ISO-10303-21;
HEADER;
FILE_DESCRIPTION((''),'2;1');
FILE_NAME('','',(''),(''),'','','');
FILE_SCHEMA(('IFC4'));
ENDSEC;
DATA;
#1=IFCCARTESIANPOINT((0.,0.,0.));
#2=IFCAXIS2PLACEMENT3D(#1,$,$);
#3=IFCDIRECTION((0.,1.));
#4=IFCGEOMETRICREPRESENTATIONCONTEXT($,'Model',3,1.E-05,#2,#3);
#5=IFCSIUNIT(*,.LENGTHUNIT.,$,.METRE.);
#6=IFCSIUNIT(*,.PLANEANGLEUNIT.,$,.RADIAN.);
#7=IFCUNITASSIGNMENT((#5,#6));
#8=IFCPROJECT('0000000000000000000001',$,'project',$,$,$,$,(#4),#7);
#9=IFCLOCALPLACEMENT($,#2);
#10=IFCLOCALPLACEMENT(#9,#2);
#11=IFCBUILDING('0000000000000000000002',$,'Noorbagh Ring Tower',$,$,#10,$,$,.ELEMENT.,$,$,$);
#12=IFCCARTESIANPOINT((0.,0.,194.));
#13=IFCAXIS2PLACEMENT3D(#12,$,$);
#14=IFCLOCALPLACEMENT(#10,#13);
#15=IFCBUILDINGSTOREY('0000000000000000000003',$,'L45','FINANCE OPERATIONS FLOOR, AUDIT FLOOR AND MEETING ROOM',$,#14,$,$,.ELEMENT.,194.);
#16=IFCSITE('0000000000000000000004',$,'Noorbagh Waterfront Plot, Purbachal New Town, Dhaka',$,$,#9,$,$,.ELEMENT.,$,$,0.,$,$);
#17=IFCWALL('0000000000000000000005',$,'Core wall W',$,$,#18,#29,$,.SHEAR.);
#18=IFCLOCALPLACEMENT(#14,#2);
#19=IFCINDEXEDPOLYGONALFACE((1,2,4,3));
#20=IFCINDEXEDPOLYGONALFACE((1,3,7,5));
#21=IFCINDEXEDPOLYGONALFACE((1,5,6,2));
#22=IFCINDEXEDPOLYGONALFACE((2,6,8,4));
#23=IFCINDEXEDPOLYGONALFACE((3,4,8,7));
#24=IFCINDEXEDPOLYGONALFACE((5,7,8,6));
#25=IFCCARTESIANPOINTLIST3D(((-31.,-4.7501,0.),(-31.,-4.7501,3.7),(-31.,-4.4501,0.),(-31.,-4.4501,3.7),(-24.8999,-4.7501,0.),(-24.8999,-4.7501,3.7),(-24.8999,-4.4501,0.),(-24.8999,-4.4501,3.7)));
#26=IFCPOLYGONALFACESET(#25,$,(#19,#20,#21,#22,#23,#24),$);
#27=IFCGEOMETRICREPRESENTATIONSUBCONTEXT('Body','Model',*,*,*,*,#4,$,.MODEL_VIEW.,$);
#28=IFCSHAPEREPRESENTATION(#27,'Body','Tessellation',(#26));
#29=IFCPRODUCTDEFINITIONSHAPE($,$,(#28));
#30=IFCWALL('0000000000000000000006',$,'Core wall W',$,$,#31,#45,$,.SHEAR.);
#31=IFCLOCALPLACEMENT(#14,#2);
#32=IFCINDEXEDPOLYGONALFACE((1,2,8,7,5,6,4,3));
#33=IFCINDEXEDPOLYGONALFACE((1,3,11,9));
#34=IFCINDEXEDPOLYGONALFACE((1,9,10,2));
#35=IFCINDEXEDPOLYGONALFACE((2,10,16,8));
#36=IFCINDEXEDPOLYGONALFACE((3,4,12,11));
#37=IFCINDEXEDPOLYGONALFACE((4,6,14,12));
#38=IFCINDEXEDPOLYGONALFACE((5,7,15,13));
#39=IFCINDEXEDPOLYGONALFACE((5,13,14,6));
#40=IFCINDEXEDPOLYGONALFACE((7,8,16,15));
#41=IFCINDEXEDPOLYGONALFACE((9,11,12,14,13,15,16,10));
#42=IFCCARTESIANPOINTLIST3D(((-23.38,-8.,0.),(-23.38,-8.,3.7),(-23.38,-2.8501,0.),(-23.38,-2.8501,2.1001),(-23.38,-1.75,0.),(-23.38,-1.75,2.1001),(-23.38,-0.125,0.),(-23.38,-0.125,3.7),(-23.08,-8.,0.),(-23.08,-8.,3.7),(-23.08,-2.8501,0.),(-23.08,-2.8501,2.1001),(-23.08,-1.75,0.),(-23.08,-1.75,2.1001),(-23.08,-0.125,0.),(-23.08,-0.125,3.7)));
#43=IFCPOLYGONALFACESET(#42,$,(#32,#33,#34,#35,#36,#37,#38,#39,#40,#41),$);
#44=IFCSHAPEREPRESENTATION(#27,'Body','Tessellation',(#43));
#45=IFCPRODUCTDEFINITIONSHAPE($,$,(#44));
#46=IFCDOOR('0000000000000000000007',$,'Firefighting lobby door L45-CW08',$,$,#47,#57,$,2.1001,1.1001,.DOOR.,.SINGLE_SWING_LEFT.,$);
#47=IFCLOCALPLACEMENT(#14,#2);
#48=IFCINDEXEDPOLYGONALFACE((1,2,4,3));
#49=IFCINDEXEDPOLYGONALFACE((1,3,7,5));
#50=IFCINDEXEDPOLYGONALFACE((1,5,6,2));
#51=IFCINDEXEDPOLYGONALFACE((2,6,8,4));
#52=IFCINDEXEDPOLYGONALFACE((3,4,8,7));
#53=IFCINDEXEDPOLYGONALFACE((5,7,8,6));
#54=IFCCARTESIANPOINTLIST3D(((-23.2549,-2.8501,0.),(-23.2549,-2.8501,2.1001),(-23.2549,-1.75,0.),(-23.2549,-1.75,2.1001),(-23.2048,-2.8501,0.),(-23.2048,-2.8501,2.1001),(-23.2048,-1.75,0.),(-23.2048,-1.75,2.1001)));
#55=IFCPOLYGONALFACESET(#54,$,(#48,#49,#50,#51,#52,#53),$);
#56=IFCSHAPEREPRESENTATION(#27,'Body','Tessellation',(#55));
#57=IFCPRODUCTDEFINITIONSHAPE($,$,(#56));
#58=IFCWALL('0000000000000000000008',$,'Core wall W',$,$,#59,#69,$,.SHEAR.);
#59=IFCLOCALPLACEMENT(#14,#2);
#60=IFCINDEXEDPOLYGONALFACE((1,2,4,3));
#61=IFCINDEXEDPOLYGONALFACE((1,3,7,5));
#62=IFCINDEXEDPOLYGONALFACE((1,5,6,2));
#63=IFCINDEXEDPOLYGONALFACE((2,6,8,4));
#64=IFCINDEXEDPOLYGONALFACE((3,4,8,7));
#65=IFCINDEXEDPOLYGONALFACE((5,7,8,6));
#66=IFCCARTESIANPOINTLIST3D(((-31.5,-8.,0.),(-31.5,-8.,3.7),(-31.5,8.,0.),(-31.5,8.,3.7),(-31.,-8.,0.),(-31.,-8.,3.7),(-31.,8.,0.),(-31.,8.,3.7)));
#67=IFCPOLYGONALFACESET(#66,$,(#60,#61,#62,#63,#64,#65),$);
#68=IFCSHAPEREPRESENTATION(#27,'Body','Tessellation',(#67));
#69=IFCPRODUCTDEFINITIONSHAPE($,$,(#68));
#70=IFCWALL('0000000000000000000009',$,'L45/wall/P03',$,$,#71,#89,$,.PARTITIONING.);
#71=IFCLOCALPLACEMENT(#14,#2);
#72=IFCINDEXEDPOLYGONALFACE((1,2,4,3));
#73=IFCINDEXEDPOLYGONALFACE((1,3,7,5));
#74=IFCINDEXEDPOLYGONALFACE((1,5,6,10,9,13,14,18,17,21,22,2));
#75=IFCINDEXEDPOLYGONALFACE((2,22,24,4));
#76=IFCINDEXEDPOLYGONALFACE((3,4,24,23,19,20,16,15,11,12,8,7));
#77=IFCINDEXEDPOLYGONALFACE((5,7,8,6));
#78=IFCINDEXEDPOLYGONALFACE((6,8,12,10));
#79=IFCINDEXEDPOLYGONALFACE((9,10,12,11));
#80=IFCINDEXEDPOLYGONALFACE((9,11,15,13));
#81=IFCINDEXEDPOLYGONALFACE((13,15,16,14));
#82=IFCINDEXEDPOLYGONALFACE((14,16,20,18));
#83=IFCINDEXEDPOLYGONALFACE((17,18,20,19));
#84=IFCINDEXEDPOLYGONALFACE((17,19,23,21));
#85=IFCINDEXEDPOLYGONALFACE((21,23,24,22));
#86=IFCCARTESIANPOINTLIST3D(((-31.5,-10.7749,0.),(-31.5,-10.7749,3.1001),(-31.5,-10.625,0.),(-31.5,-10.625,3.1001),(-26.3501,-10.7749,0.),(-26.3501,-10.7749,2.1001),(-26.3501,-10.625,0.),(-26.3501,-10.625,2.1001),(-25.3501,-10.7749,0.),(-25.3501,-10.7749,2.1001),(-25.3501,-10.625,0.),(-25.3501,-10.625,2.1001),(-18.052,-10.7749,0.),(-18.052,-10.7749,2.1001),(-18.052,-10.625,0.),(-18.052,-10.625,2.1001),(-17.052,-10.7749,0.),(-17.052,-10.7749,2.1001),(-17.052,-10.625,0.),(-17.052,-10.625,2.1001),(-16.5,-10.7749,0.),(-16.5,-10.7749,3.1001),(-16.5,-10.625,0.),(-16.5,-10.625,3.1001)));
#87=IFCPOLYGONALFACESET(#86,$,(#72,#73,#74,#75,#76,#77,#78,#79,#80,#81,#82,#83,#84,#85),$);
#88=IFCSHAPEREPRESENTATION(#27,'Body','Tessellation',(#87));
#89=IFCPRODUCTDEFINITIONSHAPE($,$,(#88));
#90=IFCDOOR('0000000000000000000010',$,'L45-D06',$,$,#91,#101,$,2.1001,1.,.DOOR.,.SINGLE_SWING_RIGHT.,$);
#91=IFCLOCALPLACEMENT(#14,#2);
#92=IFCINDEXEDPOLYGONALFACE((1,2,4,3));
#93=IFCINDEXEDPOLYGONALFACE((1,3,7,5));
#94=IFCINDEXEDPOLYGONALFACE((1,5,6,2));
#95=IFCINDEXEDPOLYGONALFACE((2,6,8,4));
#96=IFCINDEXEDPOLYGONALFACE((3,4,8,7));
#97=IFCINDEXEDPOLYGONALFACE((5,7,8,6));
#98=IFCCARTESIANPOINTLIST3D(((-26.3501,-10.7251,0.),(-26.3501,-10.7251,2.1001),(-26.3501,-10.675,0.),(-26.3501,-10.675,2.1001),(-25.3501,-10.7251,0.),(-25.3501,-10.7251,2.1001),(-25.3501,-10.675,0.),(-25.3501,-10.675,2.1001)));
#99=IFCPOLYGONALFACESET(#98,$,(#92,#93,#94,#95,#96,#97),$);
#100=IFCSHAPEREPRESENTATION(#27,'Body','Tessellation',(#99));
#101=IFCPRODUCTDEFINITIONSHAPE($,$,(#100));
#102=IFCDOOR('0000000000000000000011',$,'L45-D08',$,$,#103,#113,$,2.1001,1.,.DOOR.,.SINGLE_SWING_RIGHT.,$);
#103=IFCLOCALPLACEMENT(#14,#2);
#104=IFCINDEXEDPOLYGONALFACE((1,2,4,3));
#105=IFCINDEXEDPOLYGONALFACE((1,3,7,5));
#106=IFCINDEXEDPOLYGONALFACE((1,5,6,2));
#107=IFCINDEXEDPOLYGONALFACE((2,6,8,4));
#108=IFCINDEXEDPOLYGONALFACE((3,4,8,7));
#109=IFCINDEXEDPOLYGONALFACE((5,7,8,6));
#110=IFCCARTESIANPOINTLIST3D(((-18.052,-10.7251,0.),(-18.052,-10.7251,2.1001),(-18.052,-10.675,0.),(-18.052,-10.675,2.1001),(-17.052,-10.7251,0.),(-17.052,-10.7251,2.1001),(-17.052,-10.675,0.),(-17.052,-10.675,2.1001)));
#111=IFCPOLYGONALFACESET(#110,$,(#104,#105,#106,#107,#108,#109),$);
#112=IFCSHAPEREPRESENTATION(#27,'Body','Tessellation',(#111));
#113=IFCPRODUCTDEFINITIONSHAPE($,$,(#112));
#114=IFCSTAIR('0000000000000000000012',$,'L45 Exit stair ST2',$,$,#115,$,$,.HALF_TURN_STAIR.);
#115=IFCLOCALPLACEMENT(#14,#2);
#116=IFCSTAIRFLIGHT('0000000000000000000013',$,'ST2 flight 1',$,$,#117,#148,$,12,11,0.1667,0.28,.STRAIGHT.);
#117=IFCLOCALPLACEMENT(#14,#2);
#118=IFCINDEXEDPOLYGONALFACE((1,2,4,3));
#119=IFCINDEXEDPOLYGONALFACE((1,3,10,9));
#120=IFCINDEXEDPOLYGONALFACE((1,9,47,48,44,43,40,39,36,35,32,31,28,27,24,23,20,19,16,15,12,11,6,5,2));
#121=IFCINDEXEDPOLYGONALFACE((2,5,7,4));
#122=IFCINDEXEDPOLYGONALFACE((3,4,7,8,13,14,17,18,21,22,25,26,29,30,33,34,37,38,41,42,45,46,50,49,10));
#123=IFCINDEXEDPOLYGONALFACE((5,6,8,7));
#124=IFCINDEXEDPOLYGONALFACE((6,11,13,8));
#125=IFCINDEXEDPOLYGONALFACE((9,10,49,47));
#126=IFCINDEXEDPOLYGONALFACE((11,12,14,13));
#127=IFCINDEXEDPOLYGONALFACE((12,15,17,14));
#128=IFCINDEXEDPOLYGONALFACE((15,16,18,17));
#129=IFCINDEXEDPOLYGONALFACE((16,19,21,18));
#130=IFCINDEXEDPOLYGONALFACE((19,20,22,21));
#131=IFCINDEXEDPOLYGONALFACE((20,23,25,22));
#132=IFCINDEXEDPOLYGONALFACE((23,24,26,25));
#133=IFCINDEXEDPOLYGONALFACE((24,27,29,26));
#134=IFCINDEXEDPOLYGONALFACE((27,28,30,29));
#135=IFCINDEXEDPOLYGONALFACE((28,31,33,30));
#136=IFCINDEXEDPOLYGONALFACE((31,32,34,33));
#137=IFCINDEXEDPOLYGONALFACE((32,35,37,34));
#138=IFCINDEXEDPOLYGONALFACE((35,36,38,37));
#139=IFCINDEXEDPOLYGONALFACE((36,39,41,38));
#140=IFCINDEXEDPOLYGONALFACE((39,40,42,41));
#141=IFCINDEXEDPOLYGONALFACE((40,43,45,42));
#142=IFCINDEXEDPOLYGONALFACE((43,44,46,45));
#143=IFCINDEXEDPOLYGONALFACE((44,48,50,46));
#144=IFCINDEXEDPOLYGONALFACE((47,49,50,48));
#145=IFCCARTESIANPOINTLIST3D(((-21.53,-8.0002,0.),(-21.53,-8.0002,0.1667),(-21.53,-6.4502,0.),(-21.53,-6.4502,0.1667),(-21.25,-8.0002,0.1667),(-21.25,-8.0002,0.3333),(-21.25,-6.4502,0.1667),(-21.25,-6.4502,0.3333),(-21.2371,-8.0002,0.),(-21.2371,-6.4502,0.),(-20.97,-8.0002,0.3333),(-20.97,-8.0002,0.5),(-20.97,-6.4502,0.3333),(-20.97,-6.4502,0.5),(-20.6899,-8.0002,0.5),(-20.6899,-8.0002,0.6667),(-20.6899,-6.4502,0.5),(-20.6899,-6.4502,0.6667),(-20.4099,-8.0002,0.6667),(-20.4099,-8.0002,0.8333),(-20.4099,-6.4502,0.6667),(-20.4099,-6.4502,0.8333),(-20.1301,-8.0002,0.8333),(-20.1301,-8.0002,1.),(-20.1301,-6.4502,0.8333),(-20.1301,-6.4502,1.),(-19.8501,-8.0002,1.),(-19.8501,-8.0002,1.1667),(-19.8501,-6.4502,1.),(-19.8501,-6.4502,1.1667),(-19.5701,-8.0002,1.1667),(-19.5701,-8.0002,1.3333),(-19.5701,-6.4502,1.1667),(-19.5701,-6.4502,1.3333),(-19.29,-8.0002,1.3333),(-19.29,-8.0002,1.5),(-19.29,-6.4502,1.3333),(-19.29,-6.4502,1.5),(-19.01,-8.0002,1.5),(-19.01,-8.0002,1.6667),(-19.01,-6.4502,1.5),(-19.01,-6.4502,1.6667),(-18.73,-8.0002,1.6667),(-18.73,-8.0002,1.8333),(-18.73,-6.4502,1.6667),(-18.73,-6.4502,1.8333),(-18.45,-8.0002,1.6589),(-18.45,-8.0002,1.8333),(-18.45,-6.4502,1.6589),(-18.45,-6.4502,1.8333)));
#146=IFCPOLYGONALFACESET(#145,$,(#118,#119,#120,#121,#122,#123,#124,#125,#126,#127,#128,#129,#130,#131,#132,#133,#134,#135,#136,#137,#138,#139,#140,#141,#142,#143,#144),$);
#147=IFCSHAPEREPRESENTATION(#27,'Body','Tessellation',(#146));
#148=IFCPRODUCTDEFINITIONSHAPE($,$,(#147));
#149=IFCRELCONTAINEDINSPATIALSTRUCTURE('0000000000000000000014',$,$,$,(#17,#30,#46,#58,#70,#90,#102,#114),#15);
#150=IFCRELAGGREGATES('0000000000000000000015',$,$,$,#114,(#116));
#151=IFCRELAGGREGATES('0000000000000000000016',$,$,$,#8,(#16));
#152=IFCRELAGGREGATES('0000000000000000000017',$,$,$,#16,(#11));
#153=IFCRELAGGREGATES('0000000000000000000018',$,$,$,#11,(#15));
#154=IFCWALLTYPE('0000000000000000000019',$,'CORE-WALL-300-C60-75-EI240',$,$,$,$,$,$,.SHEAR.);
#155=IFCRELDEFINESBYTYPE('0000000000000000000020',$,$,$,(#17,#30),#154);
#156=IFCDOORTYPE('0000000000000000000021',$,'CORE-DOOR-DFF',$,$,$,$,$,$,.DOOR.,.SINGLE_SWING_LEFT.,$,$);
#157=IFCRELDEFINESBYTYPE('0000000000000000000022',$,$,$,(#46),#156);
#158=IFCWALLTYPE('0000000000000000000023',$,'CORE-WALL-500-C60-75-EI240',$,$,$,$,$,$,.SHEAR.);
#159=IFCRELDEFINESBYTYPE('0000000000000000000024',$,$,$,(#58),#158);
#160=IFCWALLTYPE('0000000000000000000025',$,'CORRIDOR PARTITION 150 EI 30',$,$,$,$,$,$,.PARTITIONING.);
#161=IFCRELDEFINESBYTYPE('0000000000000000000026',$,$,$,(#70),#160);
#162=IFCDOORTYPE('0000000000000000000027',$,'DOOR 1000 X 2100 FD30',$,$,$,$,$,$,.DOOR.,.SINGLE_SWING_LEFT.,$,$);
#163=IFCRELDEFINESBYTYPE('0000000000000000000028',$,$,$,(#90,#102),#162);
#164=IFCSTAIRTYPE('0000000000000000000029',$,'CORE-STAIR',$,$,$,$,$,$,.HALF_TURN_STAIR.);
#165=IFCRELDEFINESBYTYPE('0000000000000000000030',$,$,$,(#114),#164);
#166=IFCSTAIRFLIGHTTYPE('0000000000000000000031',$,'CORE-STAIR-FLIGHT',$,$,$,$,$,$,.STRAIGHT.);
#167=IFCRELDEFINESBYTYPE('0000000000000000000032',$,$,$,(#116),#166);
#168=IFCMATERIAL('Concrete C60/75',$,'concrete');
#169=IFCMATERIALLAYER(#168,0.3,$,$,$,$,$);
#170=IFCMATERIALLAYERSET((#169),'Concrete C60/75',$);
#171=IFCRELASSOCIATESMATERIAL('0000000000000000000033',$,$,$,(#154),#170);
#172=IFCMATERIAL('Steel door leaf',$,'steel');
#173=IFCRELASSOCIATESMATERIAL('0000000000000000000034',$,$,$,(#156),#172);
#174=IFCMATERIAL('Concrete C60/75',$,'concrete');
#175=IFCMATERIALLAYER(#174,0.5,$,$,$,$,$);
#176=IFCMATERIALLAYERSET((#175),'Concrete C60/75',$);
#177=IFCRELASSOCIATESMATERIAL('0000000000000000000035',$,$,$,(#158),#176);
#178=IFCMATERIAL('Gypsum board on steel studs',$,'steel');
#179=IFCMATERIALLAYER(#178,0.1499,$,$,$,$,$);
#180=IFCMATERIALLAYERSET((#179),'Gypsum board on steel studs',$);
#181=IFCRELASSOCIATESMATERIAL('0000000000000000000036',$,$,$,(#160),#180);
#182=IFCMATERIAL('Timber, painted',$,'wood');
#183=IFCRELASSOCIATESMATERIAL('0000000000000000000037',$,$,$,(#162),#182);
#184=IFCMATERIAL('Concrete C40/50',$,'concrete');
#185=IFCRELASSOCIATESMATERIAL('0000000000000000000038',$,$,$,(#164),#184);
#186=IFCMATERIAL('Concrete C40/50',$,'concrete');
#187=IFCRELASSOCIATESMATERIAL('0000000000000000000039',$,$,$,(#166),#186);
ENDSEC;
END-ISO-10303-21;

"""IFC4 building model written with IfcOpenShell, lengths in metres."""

from ifc_helpers import new_model, si_unit, direction, frame, frame_2d, origin, place, context, subcontext, project, spatial, polyline, rectangle, outline, extrude, material, layer, layer_set, type_object, element, fill, aggregate, save


model = new_model("IFC4")

# Units and contexts
model_context = context("Model", 3, precision=1e-05, world=origin(), true_north=direction((0.0, 1.0)))
body_context = subcontext(model_context, "Body", "Model", "MODEL_VIEW")
ifc_project = project(units=[si_unit("LENGTHUNIT", "METRE"), si_unit("PLANEANGLEUNIT", "RADIAN")], contexts=[model_context])

# Site, building, storey
site_placement = place(None, origin())
site = spatial("IfcSite", under=ifc_project, at=site_placement, Name="Noorbagh Waterfront Plot, Purbachal New Town, Dhaka", CompositionType="ELEMENT", RefElevation=0.0)
building_placement = place(site_placement, origin())
building = spatial("IfcBuilding", under=site, at=building_placement, Name="Noorbagh Ring Tower", CompositionType="ELEMENT")
storey_placement = place(building_placement, frame((0.0, 0.0, 194.0)))
storey = spatial("IfcBuildingStorey", under=building, at=storey_placement, Name="L45", Description="FINANCE OPERATIONS FLOOR, AUDIT FLOOR AND MEETING ROOM", CompositionType="ELEMENT", Elevation=194.0)

# Wall
ifc_material_1 = material(Name="Concrete C60/75", Category="concrete")
ifc_layer_1 = layer(ifc_material_1, 0.3)
ifc_layer_set_1 = layer_set([ifc_layer_1], Name="Concrete C60/75")
wall_type_1 = type_object("IfcWallType", Name="CORE-WALL-300-C60-75-EI240", PredefinedType="SHEAR", material=ifc_layer_set_1)
wall_1_placement = place(storey_placement, frame((-24.8999, -4.6001, 0.0), z_axis=(0.0, 0.0, 1.0), x_axis=(-1.0, 0.0, 0.0)))
element("IfcWall", 1, at=wall_1_placement, inside=storey, type_object=wall_type_1, Name="Core wall W", PredefinedType="SHEAR", context=body_context, shape_type="SweptSolid", body=[
    extrude(rectangle(XDim=6.1001, YDim=0.3, at=frame_2d((3.05, 0.0))), origin(), (0.0, 0.0, 1.0), 3.7),
])

# Wall, opening, door
wall_2_placement = place(storey_placement, frame((-23.23, -8.0, 0.0), z_axis=(0.0, 0.0, 1.0), x_axis=(0.0, 1.0, 0.0)))
wall_2 = element("IfcWall", 2, at=wall_2_placement, inside=storey, type_object=wall_type_1, Name="Core wall W", PredefinedType="SHEAR", context=body_context, shape_type="SweptSolid", body=[
    extrude(rectangle(XDim=7.875, YDim=0.3, at=frame_2d((3.9375, 0.0))), origin(), (0.0, 0.0, 1.0), 3.7),
])
opening_1_placement = place(wall_2_placement, frame((5.1499, 0.0, 0.0)))
opening_1 = element("IfcOpeningElement", 3, at=opening_1_placement, cuts=wall_2, PredefinedType="OPENING", context=body_context, shape_type="SweptSolid", body=[
    extrude(rectangle(XDim=1.1001, YDim=2.1001, at=frame_2d((0.55, 1.05))), frame((0.0, 0.1602, 0.0), z_axis=(0.0, -1.0, 0.0), x_axis=(1.0, 0.0, 0.0)), (0.0, 0.0, 1.0), 0.3201),
])
ifc_material_2 = material(Name="Steel door leaf", Category="steel")
door_type_1 = type_object("IfcDoorType", Name="CORE-DOOR-DFF", OperationType="SINGLE_SWING_LEFT", PredefinedType="DOOR", material=ifc_material_2)
door_1_placement = place(opening_1_placement, origin())
door_1 = element("IfcDoor", 4, at=door_1_placement, inside=storey, type_object=door_type_1, Name="Firefighting lobby door L45-CW08", OperationType="SINGLE_SWING_LEFT", OverallHeight=2.1001, OverallWidth=1.1001, PredefinedType="DOOR", context=body_context, shape_type="SweptSolid", body=[
    extrude(rectangle(XDim=1.1001, YDim=2.1001, at=frame_2d((0.55, 1.05))), frame((0.0, 0.0249, 0.0), z_axis=(0.0, -1.0, 0.0), x_axis=(1.0, 0.0, 0.0)), (0.0, 0.0, 1.0), 0.05),
])
fill(opening_1, door_1)

# Wall
ifc_material_3 = material(Name="Concrete C60/75", Category="concrete")
ifc_layer_2 = layer(ifc_material_3, 0.5)
ifc_layer_set_2 = layer_set([ifc_layer_2], Name="Concrete C60/75")
wall_type_2 = type_object("IfcWallType", Name="CORE-WALL-500-C60-75-EI240", PredefinedType="SHEAR", material=ifc_layer_set_2)
wall_3_placement = place(storey_placement, frame((-31.25, -8.0, 0.0), z_axis=(0.0, 0.0, 1.0), x_axis=(0.0, 1.0, 0.0)))
element("IfcWall", 5, at=wall_3_placement, inside=storey, type_object=wall_type_2, Name="Core wall W", PredefinedType="SHEAR", context=body_context, shape_type="SweptSolid", body=[
    extrude(rectangle(XDim=16.0, YDim=0.5, at=frame_2d((8.0, 0.0))), origin(), (0.0, 0.0, 1.0), 3.7),
])

# Wall, openings, doors
ifc_material_4 = material(Name="Gypsum board on steel studs", Category="steel")
ifc_layer_3 = layer(ifc_material_4, 0.1499)
ifc_layer_set_3 = layer_set([ifc_layer_3], Name="Gypsum board on steel studs")
wall_type_3 = type_object("IfcWallType", Name="CORRIDOR PARTITION 150 EI 30", PredefinedType="PARTITIONING", material=ifc_layer_set_3)
wall_4_placement = place(storey_placement, frame((-31.5, -10.7, 0.0), z_axis=(0.0, 0.0, 1.0), x_axis=(1.0, 0.0, 0.0)))
wall_4 = element("IfcWall", 6, at=wall_4_placement, inside=storey, type_object=wall_type_3, Name="L45/wall/P03", PredefinedType="PARTITIONING", context=body_context, shape_type="SweptSolid", body=[
    extrude(rectangle(XDim=15.0, YDim=0.1499, at=frame_2d((7.5, 0.0))), origin(), (0.0, 0.0, 1.0), 3.1001),
])
opening_2_placement = place(wall_4_placement, frame((5.1499, 0.0, 0.0)))
opening_2 = element("IfcOpeningElement", 7, at=opening_2_placement, cuts=wall_4, PredefinedType="OPENING", context=body_context, shape_type="SweptSolid", body=[
    extrude(rectangle(XDim=1.0, YDim=2.1001, at=frame_2d((0.5, 1.05))), frame((0.0, 0.085, 0.0), z_axis=(0.0, -1.0, 0.0), x_axis=(1.0, 0.0, 0.0)), (0.0, 0.0, 1.0), 0.1699),
])
opening_3_placement = place(wall_4_placement, frame((13.448, 0.0, 0.0)))
opening_3 = element("IfcOpeningElement", 8, at=opening_3_placement, cuts=wall_4, PredefinedType="OPENING", context=body_context, shape_type="SweptSolid", body=[
    extrude(rectangle(XDim=1.0, YDim=2.1001, at=frame_2d((0.5, 1.05))), frame((0.0, 0.085, 0.0), z_axis=(0.0, -1.0, 0.0), x_axis=(1.0, 0.0, 0.0)), (0.0, 0.0, 1.0), 0.1699),
])
ifc_material_5 = material(Name="Timber, painted", Category="wood")
door_type_2 = type_object("IfcDoorType", Name="DOOR 1000 X 2100 FD30", OperationType="SINGLE_SWING_LEFT", PredefinedType="DOOR", material=ifc_material_5)
door_2_placement = place(opening_2_placement, origin())
door_2 = element("IfcDoor", 9, at=door_2_placement, inside=storey, type_object=door_type_2, Name="L45-D06", OperationType="SINGLE_SWING_RIGHT", OverallHeight=2.1001, OverallWidth=1.0, PredefinedType="DOOR", context=body_context, shape_type="SweptSolid", body=[
    extrude(rectangle(XDim=1.0, YDim=2.1001, at=frame_2d((0.5, 1.05))), frame((0.0, 0.0249, 0.0), z_axis=(0.0, -1.0, 0.0), x_axis=(1.0, 0.0, 0.0)), (0.0, 0.0, 1.0), 0.05),
])
fill(opening_2, door_2)
door_3_placement = place(opening_3_placement, origin())
door_3 = element("IfcDoor", 10, at=door_3_placement, inside=storey, type_object=door_type_2, Name="L45-D08", OperationType="SINGLE_SWING_RIGHT", OverallHeight=2.1001, OverallWidth=1.0, PredefinedType="DOOR", context=body_context, shape_type="SweptSolid", body=[
    extrude(rectangle(XDim=1.0, YDim=2.1001, at=frame_2d((0.5, 1.05))), frame((0.0, 0.0249, 0.0), z_axis=(0.0, -1.0, 0.0), x_axis=(1.0, 0.0, 0.0)), (0.0, 0.0, 1.0), 0.05),
])
fill(opening_3, door_3)

# Stair, stair flight
ifc_material_6 = material(Name="Concrete C40/50", Category="concrete")
stair_type = type_object("IfcStairType", Name="CORE-STAIR", PredefinedType="HALF_TURN_STAIR", material=ifc_material_6)
stair_placement = place(storey_placement, origin())
stair = element("IfcStair", 11, at=stair_placement, inside=storey, type_object=stair_type, Name="L45 Exit stair ST2", PredefinedType="HALF_TURN_STAIR")
ifc_material_7 = material(Name="Concrete C40/50", Category="concrete")
stair_flight_type = type_object("IfcStairFlightType", Name="CORE-STAIR-FLIGHT", PredefinedType="STRAIGHT", material=ifc_material_7)
stair_flight_1_placement = place(storey_placement, frame((-21.53, -7.2251, 0.0), z_axis=(0.0, 0.0, 1.0), x_axis=(1.0, 0.0, 0.0)))
stair_flight_1 = element("IfcStairFlight", 12, at=stair_flight_1_placement, type_object=stair_flight_type, Name="ST2 flight 1", NumberOfRisers=12, NumberOfTreads=11, PredefinedType="STRAIGHT", RiserHeight=0.1667, TreadLength=0.28, context=body_context, shape_type="SweptSolid", body=[
    extrude(outline(polyline([(0.0, 0.0), (0.0, 0.1667), (0.28, 0.1667), (0.28, 0.3333), (0.5601, 0.3333), (0.5601, 0.5), (0.8401, 0.5), (0.8401, 0.6667), (1.1201, 0.6667), (1.1201, 0.8333), (1.3999, 0.8333), (1.3999, 1.0), (1.6799, 1.0), (1.6799, 1.1667), (1.96, 1.1667), (1.96, 1.3333), (2.24, 1.3333), (2.24, 1.5), (2.52, 1.5), (2.52, 1.6667), (2.8, 1.6667), (2.8, 1.8333), (3.0801, 1.8333), (3.0801, 2.0), (3.0801, 1.6589), (0.293, 0.0), (0.0, 0.0)])), frame((0.0, 0.7749, 0.0), z_axis=(0.0, -1.0, 0.0), x_axis=(1.0, 0.0, 0.0)), (0.0, 0.0, 1.0), 1.55),
])
aggregate(stair, [stair_flight_1])

save(model, "model.ifc")
